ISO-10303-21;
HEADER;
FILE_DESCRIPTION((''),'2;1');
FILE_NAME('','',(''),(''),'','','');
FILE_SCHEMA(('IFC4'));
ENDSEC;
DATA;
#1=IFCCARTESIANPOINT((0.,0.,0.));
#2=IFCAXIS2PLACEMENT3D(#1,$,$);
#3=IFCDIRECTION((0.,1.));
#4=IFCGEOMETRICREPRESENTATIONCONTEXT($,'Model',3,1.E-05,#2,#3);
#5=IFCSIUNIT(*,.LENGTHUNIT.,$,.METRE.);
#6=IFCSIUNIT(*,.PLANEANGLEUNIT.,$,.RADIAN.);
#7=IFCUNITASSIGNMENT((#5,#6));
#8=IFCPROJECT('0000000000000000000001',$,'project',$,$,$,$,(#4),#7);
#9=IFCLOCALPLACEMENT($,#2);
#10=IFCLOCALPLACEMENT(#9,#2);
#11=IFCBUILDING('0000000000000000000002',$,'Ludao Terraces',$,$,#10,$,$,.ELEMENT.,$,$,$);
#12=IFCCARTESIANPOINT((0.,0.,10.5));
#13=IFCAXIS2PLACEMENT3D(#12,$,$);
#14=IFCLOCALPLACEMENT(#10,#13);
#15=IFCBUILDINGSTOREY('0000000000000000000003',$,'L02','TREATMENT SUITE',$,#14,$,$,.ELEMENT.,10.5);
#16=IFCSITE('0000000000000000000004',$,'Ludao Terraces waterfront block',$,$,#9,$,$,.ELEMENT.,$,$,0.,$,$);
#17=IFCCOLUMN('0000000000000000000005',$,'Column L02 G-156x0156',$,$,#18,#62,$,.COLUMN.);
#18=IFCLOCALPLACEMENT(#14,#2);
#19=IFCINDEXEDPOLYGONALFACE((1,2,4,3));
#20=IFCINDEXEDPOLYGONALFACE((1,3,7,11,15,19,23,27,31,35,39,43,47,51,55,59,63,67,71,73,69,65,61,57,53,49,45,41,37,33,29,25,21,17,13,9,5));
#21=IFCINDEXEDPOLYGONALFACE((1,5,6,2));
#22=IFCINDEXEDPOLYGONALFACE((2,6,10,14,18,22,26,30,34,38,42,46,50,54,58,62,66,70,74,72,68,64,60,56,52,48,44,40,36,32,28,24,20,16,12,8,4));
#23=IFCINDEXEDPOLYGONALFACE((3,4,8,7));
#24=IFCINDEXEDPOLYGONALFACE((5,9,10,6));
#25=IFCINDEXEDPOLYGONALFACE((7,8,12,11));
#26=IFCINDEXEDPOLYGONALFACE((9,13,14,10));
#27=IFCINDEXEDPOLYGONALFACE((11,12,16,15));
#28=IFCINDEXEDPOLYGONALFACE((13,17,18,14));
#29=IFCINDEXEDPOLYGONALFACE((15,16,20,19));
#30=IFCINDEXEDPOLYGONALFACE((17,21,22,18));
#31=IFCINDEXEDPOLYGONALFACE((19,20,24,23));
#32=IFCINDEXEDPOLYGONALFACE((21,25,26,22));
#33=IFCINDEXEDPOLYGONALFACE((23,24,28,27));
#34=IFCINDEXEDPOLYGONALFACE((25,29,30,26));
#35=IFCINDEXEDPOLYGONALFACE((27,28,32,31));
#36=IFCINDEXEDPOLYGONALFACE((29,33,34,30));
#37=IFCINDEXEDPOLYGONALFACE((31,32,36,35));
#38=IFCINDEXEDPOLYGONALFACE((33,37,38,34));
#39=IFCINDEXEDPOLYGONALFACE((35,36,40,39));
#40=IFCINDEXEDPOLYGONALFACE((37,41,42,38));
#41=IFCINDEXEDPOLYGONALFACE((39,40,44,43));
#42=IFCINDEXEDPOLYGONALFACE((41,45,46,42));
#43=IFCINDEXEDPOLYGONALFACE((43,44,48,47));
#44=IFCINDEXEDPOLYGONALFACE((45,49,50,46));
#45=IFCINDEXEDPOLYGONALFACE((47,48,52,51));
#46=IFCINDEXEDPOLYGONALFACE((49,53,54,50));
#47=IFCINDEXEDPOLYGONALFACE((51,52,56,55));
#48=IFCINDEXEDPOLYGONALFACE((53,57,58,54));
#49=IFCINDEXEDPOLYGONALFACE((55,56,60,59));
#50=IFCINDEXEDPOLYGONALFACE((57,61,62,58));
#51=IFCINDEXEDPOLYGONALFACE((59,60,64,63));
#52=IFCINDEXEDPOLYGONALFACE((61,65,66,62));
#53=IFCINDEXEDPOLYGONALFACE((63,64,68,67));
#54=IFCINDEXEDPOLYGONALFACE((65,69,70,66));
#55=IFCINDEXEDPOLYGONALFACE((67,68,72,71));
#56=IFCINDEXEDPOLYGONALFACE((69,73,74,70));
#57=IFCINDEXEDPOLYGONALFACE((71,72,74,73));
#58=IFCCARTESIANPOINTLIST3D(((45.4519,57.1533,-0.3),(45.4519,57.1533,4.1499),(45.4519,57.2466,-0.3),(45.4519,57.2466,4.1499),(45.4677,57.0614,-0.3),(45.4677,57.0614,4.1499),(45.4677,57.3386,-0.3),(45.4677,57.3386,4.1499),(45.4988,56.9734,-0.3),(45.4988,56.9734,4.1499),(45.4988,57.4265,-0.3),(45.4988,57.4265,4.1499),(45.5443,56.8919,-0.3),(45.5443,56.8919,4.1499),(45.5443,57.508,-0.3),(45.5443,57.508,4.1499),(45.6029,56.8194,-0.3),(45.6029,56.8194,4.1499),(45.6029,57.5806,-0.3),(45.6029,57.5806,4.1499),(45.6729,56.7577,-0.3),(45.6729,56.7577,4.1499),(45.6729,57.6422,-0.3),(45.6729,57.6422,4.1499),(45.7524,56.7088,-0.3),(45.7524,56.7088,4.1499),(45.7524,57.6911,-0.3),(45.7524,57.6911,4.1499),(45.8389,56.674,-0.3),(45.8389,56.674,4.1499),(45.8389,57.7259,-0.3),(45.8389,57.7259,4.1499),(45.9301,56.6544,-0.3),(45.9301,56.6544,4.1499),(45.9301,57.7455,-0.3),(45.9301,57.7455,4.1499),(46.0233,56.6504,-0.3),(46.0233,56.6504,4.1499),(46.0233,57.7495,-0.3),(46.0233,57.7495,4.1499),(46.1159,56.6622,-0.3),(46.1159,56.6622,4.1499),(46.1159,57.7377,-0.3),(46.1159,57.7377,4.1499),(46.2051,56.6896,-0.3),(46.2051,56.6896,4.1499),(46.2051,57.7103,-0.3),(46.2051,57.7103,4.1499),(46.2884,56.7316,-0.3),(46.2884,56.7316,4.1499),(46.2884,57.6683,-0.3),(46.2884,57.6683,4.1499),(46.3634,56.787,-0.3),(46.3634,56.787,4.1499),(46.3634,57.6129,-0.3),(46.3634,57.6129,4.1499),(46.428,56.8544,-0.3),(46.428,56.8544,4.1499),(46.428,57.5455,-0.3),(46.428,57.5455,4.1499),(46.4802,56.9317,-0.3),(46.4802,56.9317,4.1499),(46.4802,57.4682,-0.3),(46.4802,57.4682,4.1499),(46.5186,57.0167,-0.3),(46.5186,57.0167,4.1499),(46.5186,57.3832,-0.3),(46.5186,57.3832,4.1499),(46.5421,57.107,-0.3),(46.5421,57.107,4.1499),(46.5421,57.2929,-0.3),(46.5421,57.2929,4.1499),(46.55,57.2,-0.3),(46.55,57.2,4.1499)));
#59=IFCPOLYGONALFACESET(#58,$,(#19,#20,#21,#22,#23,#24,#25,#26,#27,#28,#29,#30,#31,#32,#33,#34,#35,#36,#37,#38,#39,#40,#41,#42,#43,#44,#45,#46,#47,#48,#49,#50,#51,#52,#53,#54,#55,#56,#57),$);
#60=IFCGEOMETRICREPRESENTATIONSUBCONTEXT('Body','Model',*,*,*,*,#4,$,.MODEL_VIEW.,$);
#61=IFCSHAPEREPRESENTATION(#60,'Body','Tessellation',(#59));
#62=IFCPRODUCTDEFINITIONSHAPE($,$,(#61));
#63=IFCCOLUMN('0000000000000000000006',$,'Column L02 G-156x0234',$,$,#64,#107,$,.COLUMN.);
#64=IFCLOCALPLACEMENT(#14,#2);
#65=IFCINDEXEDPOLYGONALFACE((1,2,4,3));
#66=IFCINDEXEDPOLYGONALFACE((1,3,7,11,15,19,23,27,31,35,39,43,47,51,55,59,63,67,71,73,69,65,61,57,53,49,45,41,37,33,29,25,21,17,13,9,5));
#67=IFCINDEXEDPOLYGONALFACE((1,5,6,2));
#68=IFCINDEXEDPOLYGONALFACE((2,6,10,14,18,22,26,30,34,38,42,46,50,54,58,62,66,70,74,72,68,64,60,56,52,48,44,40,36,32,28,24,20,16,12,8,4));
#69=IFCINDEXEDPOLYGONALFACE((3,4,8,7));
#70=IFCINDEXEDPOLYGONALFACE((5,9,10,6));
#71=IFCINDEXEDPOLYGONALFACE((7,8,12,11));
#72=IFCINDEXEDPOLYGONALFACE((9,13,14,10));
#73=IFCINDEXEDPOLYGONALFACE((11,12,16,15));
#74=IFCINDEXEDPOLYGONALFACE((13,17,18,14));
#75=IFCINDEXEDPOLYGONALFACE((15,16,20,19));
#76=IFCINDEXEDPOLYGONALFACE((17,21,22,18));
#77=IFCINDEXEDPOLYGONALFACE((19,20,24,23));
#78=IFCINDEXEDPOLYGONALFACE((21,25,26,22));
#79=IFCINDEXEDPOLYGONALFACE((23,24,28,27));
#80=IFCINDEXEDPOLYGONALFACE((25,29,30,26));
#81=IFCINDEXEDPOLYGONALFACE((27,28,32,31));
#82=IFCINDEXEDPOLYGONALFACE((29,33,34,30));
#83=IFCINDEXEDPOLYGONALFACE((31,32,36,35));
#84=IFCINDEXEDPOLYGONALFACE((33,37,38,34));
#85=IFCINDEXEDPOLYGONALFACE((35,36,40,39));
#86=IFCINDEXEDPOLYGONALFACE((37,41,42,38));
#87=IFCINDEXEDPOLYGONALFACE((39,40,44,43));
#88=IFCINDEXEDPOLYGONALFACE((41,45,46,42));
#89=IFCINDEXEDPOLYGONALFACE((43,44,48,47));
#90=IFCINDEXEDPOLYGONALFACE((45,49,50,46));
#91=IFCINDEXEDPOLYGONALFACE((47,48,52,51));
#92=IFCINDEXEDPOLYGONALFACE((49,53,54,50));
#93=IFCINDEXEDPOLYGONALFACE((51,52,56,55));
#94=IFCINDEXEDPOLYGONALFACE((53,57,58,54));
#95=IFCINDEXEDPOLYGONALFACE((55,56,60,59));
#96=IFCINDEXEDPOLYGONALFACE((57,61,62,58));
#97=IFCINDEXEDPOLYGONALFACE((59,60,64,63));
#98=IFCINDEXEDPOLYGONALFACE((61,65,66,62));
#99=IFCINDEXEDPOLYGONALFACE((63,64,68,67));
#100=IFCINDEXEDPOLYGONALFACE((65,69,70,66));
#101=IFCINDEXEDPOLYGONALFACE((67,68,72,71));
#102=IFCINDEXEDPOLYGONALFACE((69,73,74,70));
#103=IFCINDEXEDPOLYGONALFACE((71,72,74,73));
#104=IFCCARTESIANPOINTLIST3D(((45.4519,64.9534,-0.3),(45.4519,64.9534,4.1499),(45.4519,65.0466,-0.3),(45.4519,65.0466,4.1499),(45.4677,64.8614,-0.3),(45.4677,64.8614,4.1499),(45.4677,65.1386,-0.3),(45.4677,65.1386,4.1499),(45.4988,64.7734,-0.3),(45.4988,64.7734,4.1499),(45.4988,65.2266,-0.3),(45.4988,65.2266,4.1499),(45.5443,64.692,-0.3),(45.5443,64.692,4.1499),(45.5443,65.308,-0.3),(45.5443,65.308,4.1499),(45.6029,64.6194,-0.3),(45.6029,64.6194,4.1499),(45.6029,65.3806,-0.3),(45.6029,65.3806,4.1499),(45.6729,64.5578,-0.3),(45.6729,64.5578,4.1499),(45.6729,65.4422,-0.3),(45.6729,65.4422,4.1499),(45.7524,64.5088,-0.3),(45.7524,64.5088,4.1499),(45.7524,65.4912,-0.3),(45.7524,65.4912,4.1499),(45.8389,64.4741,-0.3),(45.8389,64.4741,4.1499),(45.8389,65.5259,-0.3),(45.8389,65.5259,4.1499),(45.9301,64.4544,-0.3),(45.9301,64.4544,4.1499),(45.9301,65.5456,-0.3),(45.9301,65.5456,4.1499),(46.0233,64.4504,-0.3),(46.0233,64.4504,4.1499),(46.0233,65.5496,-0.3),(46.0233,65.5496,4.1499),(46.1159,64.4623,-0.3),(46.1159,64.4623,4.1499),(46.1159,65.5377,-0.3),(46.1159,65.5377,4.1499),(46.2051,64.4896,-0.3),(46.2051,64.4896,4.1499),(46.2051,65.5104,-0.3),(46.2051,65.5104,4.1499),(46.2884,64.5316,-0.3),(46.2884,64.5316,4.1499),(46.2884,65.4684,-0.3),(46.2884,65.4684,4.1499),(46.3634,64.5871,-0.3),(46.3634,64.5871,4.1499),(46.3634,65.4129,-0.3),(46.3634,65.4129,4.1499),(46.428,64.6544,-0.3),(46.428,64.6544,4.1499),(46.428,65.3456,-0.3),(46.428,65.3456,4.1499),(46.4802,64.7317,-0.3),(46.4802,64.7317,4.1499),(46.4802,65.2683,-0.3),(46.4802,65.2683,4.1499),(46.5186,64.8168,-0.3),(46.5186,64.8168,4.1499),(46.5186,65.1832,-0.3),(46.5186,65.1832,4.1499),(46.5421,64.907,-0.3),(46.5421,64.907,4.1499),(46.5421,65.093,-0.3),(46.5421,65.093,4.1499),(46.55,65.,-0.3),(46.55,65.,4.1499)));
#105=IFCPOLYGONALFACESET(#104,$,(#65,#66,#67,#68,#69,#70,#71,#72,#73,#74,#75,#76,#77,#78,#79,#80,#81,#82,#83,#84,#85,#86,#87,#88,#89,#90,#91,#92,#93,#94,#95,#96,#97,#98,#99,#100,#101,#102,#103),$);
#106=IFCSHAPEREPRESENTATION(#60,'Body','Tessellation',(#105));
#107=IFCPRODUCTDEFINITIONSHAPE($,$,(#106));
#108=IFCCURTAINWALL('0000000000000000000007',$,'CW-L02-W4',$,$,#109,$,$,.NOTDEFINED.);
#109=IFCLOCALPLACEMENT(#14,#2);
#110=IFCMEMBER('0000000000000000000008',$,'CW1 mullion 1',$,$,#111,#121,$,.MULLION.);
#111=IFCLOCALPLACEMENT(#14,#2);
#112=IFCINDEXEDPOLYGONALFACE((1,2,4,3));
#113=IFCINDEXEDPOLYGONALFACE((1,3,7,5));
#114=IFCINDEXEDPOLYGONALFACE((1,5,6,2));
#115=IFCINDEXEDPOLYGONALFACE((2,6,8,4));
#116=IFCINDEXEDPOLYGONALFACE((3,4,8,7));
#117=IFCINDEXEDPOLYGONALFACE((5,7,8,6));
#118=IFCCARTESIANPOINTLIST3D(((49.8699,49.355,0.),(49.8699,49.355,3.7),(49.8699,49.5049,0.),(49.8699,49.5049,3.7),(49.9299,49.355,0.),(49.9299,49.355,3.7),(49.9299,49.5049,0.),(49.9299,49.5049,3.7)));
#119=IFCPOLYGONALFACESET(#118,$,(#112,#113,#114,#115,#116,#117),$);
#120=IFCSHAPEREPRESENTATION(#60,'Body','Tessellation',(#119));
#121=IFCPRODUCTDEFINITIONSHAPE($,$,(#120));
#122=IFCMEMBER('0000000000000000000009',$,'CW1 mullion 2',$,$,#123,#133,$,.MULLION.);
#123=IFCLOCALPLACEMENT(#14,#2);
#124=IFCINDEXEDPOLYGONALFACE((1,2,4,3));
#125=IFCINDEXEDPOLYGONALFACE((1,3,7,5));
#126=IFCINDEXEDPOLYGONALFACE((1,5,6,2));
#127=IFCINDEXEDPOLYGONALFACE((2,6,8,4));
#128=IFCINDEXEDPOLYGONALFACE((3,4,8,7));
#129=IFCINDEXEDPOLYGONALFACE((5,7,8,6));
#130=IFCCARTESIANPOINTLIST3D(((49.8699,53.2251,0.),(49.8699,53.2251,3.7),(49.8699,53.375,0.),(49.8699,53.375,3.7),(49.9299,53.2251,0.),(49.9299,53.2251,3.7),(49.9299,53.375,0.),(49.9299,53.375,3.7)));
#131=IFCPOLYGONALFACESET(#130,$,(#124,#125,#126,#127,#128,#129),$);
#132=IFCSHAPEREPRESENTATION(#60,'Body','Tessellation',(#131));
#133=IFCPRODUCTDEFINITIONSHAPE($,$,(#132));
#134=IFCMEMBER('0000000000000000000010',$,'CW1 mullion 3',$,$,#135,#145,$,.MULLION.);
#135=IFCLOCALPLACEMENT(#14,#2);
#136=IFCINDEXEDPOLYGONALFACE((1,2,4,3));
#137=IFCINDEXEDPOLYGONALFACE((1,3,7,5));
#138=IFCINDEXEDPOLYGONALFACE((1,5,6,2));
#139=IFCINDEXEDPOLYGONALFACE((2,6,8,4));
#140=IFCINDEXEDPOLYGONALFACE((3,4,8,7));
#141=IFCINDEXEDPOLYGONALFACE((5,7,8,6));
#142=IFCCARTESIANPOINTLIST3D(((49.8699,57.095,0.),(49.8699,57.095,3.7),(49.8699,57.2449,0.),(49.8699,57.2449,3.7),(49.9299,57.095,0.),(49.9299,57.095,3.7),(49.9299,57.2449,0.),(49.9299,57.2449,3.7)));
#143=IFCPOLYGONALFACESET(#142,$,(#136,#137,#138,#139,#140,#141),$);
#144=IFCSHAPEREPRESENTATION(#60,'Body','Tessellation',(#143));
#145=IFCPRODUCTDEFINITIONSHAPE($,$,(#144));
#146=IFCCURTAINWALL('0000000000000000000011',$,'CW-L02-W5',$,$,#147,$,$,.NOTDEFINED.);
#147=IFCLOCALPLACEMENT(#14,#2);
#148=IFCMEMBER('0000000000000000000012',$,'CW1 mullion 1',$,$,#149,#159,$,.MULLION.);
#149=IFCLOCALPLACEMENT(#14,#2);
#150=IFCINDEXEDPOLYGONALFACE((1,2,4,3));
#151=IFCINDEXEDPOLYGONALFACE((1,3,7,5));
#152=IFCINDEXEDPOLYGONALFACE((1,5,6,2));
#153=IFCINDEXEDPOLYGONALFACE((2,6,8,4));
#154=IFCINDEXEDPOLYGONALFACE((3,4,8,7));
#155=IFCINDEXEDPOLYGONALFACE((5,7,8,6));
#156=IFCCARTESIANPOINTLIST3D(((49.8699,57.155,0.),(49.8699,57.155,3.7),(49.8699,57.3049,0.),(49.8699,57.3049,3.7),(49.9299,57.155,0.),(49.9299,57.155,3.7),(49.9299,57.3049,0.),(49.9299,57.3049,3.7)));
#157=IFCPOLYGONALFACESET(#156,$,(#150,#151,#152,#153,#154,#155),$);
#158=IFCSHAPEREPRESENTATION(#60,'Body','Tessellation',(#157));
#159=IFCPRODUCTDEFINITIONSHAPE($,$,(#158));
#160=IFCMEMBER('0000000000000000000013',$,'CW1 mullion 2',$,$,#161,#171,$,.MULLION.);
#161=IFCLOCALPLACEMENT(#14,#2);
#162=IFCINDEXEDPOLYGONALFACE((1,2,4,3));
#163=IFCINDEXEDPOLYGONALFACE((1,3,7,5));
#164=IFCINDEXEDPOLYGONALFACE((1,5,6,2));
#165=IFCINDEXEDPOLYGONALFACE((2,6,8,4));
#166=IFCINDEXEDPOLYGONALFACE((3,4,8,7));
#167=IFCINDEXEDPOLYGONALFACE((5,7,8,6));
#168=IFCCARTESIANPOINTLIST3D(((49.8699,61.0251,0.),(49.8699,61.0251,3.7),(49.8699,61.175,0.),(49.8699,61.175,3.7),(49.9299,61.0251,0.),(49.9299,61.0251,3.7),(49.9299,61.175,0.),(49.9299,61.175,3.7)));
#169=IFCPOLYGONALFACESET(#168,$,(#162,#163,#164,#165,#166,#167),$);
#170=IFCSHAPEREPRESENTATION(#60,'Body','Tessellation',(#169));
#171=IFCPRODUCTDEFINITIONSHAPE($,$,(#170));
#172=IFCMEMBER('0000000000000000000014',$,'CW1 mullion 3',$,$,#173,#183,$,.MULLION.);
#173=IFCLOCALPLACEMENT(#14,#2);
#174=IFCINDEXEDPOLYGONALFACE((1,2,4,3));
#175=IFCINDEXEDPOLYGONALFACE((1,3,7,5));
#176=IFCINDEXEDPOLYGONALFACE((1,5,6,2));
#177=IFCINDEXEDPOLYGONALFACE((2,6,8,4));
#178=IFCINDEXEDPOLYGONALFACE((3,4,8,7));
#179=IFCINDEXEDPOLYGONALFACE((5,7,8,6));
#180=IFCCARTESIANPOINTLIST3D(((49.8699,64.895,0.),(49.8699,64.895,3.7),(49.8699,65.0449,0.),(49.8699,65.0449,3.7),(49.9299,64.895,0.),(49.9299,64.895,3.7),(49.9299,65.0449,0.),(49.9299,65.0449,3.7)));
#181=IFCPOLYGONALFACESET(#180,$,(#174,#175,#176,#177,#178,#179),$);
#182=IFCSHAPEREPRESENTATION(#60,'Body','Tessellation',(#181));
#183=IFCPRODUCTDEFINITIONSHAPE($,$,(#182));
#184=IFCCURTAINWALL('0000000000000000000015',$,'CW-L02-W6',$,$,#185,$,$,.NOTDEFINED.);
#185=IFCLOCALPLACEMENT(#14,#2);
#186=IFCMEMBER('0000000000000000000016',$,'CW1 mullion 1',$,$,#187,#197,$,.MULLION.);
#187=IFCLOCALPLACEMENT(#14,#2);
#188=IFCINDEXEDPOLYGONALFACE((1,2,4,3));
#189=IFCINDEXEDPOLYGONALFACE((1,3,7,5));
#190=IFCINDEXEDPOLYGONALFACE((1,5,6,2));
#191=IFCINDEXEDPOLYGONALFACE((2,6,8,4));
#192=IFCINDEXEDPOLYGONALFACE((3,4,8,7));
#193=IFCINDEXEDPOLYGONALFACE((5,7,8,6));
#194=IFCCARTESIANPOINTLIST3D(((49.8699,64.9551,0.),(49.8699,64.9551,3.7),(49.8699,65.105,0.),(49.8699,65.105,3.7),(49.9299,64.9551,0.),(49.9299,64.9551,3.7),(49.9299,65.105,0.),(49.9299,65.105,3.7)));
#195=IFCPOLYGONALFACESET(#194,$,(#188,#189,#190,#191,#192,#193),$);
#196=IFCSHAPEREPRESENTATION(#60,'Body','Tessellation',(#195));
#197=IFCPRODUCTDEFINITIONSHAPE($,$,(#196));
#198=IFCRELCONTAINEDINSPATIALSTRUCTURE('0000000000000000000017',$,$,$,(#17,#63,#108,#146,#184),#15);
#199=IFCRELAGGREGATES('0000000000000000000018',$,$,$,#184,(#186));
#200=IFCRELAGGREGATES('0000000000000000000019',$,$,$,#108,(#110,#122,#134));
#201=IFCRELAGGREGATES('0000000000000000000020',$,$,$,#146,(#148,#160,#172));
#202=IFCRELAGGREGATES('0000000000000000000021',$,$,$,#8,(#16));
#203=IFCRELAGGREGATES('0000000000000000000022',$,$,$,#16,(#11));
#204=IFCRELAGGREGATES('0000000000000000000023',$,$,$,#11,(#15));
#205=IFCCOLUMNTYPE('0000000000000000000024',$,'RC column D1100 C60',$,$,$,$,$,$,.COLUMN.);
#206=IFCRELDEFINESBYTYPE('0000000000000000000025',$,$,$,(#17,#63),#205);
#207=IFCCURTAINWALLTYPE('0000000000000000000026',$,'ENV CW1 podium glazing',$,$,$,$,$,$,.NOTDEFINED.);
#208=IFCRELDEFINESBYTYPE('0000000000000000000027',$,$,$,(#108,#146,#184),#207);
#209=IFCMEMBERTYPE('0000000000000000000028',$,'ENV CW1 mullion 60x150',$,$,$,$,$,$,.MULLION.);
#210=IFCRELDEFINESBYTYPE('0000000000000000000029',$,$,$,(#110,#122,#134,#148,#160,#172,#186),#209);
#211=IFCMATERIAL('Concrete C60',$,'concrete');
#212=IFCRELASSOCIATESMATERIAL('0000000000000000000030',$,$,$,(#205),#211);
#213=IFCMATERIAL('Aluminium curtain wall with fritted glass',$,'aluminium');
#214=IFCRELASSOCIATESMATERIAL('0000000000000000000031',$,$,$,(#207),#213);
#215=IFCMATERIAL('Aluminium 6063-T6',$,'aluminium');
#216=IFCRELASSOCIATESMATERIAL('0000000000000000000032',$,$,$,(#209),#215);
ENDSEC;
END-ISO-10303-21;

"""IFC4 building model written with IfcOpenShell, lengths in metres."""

from ifc_helpers import new_model, si_unit, direction, frame, origin, origin_2d, place, context, subcontext, project, spatial, rectangle, circle, extrude, material, material_profile, profile_set, type_object, element, aggregate, save


model = new_model("IFC4")

# Units and contexts
model_context = context("Model", 3, precision=1e-05, world=origin(), true_north=direction((0.0, 1.0)))
body_context = subcontext(model_context, "Body", "Model", "MODEL_VIEW")
ifc_project = project(units=[si_unit("LENGTHUNIT", "METRE"), si_unit("PLANEANGLEUNIT", "RADIAN")], contexts=[model_context])

# Site, building, storey
site_placement = place(None, origin())
site = spatial("IfcSite", under=ifc_project, at=site_placement, Name="Ludao Terraces waterfront block", CompositionType="ELEMENT", RefElevation=0.0)
building_placement = place(site_placement, origin())
building = spatial("IfcBuilding", under=site, at=building_placement, Name="Ludao Terraces", CompositionType="ELEMENT")
storey_placement = place(building_placement, frame((0.0, 0.0, 10.5)))
storey = spatial("IfcBuildingStorey", under=building, at=storey_placement, Name="L02", Description="TREATMENT SUITE", CompositionType="ELEMENT", Elevation=10.5)

# Columns
ifc_material_1 = material(Name="Concrete C60", Category="concrete")
ifc_material_profile_1 = material_profile(ifc_material_1, circle(Radius=0.55, at=origin_2d()), Name="D1100")
ifc_profile_set_1 = profile_set([ifc_material_profile_1], Name="Concrete C60")
column_type = type_object("IfcColumnType", Name="RC column D1100 C60", PredefinedType="COLUMN", material=ifc_profile_set_1)
for number, where, z_axis, x_axis, name in (
    (1, (46.0, 57.2, -0.3), (0.0, 0.0, 1.0), (1.0, 0.0, 0.0), "Column L02 G-156x0156"),
    (2, (46.0, 65.0, -0.3), (0.0, 0.0, 1.0), (1.0, 0.0, 0.0), "Column L02 G-156x0234"),
):
    element("IfcColumn", number, at=place(storey_placement, frame(where, z_axis=z_axis, x_axis=x_axis)), inside=storey, type_object=column_type, Name=name, PredefinedType="COLUMN", context=body_context, shape_type="SweptSolid", body=[
        extrude(circle(Radius=0.55, at=origin_2d()), origin(), (0.0, 0.0, 1.0), 4.45),
    ])

# Curtain walls, members
ifc_material_2 = material(Name="Aluminium curtain wall with fritted glass", Category="aluminium")
curtain_wall_type = type_object("IfcCurtainWallType", Name="ENV CW1 podium glazing", PredefinedType="NOTDEFINED", material=ifc_material_2)
curtain_wall_1_placement = place(storey_placement, origin())
curtain_wall_1 = element("IfcCurtainWall", 3, at=curtain_wall_1_placement, inside=storey, type_object=curtain_wall_type, Name="CW-L02-W4", PredefinedType="NOTDEFINED")
ifc_material_3 = material(Name="Aluminium 6063-T6", Category="aluminium")
ifc_material_profile_2 = material_profile(ifc_material_3, rectangle(XDim=0.0601, YDim=0.1499, at=origin_2d()), Name="60 X 150")
ifc_profile_set_2 = profile_set([ifc_material_profile_2], Name="Aluminium 6063-T6")
member_type_1 = type_object("IfcMemberType", Name="ENV CW1 mullion 60x150", PredefinedType="MULLION", material=ifc_profile_set_2)
member_1_placement = place(storey_placement, frame((49.8999, 49.4299, 0.0), z_axis=(0.0, 0.0, 1.0), x_axis=(-1.0, 0.0, 0.0)))
member_1 = element("IfcMember", 4, at=member_1_placement, type_object=member_type_1, Name="CW1 mullion 1", PredefinedType="MULLION", context=body_context, shape_type="SweptSolid", body=[
    extrude(rectangle(XDim=0.0601, YDim=0.1499, at=origin_2d()), origin(), (0.0, 0.0, 1.0), 3.7),
])
member_2_placement = place(storey_placement, frame((49.8999, 53.3, 0.0), z_axis=(0.0, 0.0, 1.0), x_axis=(-1.0, 0.0, 0.0)))
member_2 = element("IfcMember", 5, at=member_2_placement, type_object=member_type_1, Name="CW1 mullion 2", PredefinedType="MULLION", context=body_context, shape_type="SweptSolid", body=[
    extrude(rectangle(XDim=0.0601, YDim=0.1499, at=origin_2d()), origin(), (0.0, 0.0, 1.0), 3.7),
])
member_3_placement = place(storey_placement, frame((49.8999, 57.1699, 0.0), z_axis=(0.0, 0.0, 1.0), x_axis=(-1.0, 0.0, 0.0)))
member_3 = element("IfcMember", 6, at=member_3_placement, type_object=member_type_1, Name="CW1 mullion 3", PredefinedType="MULLION", context=body_context, shape_type="SweptSolid", body=[
    extrude(rectangle(XDim=0.0601, YDim=0.1499, at=origin_2d()), origin(), (0.0, 0.0, 1.0), 3.7),
])
curtain_wall_2_placement = place(storey_placement, origin())
curtain_wall_2 = element("IfcCurtainWall", 7, at=curtain_wall_2_placement, inside=storey, type_object=curtain_wall_type, Name="CW-L02-W5", PredefinedType="NOTDEFINED")
member_4_placement = place(storey_placement, frame((49.8999, 57.23, 0.0), z_axis=(0.0, 0.0, 1.0), x_axis=(-1.0, 0.0, 0.0)))
member_4 = element("IfcMember", 8, at=member_4_placement, type_object=member_type_1, Name="CW1 mullion 1", PredefinedType="MULLION", context=body_context, shape_type="SweptSolid", body=[
    extrude(rectangle(XDim=0.0601, YDim=0.1499, at=origin_2d()), origin(), (0.0, 0.0, 1.0), 3.7),
])
member_5_placement = place(storey_placement, frame((49.8999, 61.1001, 0.0), z_axis=(0.0, 0.0, 1.0), x_axis=(-1.0, 0.0, 0.0)))
member_5 = element("IfcMember", 9, at=member_5_placement, type_object=member_type_1, Name="CW1 mullion 2", PredefinedType="MULLION", context=body_context, shape_type="SweptSolid", body=[
    extrude(rectangle(XDim=0.0601, YDim=0.1499, at=origin_2d()), origin(), (0.0, 0.0, 1.0), 3.7),
])
member_6_placement = place(storey_placement, frame((49.8999, 64.97, 0.0), z_axis=(0.0, 0.0, 1.0), x_axis=(-1.0, 0.0, 0.0)))
member_6 = element("IfcMember", 10, at=member_6_placement, type_object=member_type_1, Name="CW1 mullion 3", PredefinedType="MULLION", context=body_context, shape_type="SweptSolid", body=[
    extrude(rectangle(XDim=0.0601, YDim=0.1499, at=origin_2d()), origin(), (0.0, 0.0, 1.0), 3.7),
])

# Curtain wall, member
curtain_wall_3_placement = place(storey_placement, origin())
curtain_wall_3 = element("IfcCurtainWall", 11, at=curtain_wall_3_placement, inside=storey, type_object=curtain_wall_type, Name="CW-L02-W6", PredefinedType="NOTDEFINED")
member_7_placement = place(storey_placement, frame((49.8999, 65.03, 0.0), z_axis=(0.0, 0.0, 1.0), x_axis=(-1.0, 0.0, 0.0)))
member_7 = element("IfcMember", 12, at=member_7_placement, type_object=member_type_1, Name="CW1 mullion 1", PredefinedType="MULLION", context=body_context, shape_type="SweptSolid", body=[
    extrude(rectangle(XDim=0.0601, YDim=0.1499, at=origin_2d()), origin(), (0.0, 0.0, 1.0), 3.7),
])

aggregate(curtain_wall_3, [member_7])

aggregate(curtain_wall_1, [member_1, member_2, member_3])
aggregate(curtain_wall_2, [member_4, member_5, member_6])

save(model, "model.ifc")
